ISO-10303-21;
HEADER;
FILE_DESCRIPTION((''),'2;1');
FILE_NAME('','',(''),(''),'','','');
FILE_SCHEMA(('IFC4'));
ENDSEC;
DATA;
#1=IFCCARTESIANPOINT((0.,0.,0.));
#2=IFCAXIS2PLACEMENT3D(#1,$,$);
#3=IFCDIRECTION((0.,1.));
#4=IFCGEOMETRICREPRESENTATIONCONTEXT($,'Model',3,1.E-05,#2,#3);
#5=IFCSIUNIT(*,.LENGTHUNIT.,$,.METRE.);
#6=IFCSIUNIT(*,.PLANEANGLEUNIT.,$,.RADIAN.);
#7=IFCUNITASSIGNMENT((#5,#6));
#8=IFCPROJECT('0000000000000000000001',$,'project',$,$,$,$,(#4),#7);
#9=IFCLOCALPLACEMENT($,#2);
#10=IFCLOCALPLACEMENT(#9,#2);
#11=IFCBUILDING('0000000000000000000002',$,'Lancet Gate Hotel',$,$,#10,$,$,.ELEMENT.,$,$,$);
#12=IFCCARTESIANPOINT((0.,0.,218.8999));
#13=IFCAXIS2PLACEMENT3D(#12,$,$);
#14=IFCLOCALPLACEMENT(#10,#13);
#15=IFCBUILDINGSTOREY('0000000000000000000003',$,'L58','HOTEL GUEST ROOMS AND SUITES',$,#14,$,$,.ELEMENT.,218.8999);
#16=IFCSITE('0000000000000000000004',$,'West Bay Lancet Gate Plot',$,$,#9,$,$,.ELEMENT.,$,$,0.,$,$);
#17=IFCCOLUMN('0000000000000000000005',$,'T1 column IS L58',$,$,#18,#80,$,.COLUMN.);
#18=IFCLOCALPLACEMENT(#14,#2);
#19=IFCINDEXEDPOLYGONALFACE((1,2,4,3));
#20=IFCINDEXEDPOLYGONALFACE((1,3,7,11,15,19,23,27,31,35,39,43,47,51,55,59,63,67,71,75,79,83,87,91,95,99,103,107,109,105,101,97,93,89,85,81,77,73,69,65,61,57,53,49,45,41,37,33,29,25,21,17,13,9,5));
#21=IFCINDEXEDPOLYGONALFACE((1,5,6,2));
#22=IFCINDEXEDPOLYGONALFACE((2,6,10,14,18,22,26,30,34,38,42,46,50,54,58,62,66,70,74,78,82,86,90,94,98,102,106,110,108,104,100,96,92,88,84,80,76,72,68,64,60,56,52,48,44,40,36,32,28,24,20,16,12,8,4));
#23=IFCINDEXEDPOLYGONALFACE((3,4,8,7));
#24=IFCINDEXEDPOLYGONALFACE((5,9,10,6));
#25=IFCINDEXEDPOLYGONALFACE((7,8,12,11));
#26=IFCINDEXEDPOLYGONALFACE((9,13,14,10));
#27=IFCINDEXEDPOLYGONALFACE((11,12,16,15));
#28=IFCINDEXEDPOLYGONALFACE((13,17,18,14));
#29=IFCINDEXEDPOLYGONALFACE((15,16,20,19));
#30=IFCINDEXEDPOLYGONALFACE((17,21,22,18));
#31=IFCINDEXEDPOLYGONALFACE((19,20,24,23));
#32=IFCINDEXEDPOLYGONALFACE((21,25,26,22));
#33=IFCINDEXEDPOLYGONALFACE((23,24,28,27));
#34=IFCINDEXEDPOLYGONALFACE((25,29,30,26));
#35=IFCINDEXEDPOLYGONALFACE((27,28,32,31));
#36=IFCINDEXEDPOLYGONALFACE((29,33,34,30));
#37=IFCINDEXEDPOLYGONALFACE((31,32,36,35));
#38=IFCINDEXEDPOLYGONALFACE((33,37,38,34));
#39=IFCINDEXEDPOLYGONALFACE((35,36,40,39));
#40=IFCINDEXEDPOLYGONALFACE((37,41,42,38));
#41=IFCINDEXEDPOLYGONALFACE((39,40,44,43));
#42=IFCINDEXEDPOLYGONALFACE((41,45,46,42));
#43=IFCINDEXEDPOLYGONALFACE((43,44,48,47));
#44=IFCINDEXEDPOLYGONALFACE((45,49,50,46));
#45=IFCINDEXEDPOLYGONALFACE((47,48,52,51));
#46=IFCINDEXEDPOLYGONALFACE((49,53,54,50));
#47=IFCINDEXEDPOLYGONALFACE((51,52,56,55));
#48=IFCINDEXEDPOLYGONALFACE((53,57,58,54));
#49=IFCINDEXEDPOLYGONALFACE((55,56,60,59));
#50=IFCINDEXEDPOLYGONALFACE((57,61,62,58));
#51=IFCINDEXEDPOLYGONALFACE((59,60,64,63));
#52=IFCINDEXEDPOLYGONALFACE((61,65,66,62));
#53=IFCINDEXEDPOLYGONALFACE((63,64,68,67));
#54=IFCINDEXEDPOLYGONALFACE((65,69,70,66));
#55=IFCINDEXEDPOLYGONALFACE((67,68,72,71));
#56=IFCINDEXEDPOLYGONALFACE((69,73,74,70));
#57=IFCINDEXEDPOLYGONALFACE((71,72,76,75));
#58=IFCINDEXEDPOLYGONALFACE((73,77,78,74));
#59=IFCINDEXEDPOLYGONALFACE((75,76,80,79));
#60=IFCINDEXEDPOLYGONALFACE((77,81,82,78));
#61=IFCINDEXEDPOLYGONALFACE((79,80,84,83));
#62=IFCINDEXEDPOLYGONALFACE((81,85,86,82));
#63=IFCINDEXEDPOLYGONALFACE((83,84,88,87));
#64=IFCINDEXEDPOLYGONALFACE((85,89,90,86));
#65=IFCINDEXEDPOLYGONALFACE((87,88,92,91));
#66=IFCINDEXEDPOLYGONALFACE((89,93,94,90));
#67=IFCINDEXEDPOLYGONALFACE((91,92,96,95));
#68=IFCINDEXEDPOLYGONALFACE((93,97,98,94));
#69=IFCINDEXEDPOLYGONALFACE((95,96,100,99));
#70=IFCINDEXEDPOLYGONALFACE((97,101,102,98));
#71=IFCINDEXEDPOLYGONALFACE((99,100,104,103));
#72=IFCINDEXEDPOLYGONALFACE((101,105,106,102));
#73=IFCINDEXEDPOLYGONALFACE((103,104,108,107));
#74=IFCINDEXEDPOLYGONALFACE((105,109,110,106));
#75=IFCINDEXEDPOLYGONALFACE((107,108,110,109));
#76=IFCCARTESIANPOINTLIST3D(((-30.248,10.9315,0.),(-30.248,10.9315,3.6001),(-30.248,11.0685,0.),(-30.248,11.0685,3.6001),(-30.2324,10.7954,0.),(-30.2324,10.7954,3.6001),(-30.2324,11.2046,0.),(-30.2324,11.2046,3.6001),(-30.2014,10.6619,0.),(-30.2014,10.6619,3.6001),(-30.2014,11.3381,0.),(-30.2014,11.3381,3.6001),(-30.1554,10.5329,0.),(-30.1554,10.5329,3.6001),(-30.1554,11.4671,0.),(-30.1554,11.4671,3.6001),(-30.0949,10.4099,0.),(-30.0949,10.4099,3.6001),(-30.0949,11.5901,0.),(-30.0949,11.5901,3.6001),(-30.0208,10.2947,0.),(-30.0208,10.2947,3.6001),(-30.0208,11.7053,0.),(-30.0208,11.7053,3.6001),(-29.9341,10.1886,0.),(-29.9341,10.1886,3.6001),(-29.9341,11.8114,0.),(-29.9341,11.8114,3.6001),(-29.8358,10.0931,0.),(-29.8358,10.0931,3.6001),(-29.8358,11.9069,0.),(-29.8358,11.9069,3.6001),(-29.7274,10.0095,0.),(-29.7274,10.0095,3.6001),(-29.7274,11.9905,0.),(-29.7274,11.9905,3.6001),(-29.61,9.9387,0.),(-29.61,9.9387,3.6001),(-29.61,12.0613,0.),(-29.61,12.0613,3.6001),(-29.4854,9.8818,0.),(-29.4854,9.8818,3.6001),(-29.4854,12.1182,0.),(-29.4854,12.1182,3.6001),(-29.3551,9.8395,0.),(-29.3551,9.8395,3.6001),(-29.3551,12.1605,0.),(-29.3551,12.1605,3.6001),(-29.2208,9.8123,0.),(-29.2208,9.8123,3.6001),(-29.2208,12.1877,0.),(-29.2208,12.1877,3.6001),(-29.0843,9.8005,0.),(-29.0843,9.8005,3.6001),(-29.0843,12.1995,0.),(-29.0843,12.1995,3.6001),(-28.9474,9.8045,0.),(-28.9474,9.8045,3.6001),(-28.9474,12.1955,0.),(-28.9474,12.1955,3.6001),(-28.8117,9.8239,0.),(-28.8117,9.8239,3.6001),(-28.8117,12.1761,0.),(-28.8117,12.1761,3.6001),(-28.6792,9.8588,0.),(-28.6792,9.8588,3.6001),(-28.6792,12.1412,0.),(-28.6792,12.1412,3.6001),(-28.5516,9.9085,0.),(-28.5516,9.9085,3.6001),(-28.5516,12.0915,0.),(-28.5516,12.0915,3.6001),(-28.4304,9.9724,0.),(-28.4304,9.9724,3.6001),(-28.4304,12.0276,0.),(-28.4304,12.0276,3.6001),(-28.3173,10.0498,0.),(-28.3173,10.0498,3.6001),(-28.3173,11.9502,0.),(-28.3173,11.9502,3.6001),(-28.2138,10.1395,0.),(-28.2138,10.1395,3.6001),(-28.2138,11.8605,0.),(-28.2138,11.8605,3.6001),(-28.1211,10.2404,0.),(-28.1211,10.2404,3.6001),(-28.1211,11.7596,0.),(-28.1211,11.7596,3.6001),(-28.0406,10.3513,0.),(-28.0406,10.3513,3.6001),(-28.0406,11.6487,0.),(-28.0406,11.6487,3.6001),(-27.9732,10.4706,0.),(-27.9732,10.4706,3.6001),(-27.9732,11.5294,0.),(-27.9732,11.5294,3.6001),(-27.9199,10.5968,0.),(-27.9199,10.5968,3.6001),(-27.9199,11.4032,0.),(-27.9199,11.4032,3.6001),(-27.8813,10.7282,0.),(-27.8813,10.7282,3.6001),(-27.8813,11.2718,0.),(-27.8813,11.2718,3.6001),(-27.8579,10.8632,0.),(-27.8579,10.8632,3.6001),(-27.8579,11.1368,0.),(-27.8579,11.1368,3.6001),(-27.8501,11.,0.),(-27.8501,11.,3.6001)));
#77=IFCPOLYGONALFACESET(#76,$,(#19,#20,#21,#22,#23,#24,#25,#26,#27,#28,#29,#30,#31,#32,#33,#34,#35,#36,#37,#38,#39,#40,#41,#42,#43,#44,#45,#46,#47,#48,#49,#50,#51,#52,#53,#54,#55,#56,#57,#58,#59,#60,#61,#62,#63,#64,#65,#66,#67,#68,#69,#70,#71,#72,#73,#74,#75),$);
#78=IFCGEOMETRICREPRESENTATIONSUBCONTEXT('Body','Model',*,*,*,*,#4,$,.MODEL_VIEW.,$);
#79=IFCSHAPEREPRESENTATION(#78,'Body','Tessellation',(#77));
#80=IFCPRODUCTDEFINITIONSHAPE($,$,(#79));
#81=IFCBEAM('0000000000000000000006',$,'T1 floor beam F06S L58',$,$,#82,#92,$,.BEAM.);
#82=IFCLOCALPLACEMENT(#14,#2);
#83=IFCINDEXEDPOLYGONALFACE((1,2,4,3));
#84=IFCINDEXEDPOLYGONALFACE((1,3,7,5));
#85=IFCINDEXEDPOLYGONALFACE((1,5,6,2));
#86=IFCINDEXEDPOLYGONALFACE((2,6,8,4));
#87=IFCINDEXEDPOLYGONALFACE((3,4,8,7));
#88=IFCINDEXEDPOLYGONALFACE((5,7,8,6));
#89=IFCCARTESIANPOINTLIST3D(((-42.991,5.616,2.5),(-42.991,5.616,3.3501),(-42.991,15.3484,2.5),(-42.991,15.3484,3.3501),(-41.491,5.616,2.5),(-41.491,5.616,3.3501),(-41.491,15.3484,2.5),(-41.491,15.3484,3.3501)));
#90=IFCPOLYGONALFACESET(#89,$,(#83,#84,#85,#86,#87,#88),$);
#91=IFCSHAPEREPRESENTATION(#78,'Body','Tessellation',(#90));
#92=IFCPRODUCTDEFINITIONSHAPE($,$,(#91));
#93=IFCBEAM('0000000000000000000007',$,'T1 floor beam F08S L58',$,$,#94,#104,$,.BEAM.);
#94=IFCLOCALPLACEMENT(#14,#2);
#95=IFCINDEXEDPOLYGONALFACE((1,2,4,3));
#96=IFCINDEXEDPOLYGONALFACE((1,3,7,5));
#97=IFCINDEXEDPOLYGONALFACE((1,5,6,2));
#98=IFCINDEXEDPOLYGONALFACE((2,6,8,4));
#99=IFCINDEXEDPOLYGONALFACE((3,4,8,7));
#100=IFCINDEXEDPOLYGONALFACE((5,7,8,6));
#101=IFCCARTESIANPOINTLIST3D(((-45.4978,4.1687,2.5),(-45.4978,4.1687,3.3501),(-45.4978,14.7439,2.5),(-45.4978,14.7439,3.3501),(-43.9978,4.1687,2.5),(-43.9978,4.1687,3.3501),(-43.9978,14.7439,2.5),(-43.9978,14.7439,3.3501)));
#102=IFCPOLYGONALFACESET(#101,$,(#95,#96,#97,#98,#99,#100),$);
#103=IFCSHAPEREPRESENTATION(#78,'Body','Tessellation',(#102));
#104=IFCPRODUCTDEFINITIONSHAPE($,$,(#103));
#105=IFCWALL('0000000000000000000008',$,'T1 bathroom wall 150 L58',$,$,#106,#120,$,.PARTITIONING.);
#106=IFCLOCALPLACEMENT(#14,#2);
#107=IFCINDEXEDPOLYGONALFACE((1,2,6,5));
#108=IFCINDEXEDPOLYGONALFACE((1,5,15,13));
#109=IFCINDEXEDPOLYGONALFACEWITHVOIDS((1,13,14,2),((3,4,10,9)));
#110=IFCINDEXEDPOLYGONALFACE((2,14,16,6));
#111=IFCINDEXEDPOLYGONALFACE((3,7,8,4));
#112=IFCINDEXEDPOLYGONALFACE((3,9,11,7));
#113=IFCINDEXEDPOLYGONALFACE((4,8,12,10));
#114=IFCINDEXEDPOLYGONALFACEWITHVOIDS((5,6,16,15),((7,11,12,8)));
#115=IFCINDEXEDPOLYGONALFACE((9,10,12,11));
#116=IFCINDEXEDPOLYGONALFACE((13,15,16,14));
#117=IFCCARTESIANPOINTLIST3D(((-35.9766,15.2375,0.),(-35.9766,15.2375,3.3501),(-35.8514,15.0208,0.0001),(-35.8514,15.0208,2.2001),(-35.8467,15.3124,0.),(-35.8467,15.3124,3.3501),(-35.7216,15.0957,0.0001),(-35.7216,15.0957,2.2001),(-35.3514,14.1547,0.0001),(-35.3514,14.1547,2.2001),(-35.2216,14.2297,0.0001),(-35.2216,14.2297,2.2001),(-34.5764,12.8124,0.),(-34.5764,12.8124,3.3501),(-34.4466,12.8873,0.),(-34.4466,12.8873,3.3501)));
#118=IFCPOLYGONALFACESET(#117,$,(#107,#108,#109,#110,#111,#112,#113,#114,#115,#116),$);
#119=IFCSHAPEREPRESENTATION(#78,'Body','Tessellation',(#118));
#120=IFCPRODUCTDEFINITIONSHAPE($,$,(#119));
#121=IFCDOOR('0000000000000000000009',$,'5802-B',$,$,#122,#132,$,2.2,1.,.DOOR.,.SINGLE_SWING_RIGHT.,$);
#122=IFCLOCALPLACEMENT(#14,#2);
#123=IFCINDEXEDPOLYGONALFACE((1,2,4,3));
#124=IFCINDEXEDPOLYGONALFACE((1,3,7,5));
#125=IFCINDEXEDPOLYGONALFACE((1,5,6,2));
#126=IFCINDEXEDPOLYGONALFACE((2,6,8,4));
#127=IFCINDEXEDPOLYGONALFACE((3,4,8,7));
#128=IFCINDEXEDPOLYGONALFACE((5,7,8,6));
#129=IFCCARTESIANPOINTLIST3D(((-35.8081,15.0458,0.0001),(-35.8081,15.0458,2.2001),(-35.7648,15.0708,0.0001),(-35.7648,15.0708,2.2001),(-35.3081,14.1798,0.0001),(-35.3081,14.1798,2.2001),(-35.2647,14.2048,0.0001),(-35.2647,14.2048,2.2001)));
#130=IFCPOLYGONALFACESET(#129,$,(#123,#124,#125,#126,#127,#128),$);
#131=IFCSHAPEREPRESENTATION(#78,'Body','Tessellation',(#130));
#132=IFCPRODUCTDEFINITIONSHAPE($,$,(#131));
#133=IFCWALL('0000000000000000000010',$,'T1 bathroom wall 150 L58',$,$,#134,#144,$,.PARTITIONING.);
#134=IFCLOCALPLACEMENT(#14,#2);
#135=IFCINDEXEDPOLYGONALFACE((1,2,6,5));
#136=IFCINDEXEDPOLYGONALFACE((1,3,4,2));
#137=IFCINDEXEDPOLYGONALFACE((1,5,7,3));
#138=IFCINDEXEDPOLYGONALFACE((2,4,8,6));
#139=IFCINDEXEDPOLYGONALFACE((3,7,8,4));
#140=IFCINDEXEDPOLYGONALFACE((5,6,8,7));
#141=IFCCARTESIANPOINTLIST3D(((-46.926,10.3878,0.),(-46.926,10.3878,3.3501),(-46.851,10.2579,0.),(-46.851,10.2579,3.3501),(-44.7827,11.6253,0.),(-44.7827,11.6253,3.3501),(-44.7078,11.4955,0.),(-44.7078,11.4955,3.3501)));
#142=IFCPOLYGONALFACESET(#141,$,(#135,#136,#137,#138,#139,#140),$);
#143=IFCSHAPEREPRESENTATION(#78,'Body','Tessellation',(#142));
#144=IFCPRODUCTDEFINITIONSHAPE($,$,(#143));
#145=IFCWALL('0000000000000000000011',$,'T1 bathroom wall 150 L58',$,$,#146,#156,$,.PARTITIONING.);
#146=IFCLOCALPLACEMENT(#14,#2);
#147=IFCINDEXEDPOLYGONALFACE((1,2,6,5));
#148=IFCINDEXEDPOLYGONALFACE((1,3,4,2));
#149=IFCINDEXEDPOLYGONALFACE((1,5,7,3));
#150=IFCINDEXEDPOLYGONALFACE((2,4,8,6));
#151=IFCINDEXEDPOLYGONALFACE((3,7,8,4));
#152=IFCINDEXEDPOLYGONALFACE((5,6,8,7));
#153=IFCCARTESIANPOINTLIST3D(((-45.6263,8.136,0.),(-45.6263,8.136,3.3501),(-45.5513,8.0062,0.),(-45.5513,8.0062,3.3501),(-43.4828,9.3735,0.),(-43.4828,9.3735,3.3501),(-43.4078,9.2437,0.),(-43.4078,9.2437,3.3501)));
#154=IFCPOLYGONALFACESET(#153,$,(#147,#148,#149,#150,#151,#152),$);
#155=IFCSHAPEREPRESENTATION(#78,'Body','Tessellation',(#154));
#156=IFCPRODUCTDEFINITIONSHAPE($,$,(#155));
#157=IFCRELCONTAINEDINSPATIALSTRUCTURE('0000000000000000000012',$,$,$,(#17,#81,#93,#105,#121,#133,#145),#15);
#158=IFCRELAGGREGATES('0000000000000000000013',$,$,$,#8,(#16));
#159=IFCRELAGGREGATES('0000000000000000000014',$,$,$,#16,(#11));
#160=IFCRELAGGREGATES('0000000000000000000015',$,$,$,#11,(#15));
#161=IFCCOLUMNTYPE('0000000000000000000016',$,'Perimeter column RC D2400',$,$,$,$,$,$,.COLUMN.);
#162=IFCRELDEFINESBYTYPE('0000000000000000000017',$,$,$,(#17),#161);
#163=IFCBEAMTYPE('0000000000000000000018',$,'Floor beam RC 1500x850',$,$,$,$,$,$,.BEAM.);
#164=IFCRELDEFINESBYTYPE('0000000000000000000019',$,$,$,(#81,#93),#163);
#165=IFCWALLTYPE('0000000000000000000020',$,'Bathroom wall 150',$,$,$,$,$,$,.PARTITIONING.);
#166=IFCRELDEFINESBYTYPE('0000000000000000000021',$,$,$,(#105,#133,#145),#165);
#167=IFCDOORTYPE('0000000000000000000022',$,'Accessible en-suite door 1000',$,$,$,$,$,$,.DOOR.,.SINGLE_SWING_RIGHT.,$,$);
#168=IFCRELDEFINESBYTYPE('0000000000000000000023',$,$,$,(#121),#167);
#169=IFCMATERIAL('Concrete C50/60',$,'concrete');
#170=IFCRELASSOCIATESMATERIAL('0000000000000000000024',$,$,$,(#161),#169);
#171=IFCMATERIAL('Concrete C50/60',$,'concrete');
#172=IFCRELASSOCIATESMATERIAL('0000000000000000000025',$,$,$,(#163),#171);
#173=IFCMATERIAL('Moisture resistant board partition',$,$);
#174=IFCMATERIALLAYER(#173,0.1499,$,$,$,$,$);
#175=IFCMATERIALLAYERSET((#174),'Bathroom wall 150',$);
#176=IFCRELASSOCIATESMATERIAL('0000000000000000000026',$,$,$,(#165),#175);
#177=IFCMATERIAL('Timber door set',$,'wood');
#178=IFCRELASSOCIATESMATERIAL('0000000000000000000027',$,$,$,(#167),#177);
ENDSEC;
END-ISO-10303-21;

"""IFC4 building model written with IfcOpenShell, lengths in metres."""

from ifc_helpers import new_model, si_unit, direction, frame, frame_2d, origin, origin_2d, place, context, subcontext, project, spatial, rectangle, circle, extrude, material, layer, layer_set, material_profile, profile_set, type_object, element, fill, save


model = new_model("IFC4")

# Units and contexts
model_context = context("Model", 3, precision=1e-05, world=origin(), true_north=direction((0.0, 1.0)))
body_context = subcontext(model_context, "Body", "Model", "MODEL_VIEW")
ifc_project = project(units=[si_unit("LENGTHUNIT", "METRE"), si_unit("PLANEANGLEUNIT", "RADIAN")], contexts=[model_context])

# Site, building, storey
site_placement = place(None, origin())
site = spatial("IfcSite", under=ifc_project, at=site_placement, Name="West Bay Lancet Gate Plot", CompositionType="ELEMENT", RefElevation=0.0)
building_placement = place(site_placement, origin())
building = spatial("IfcBuilding", under=site, at=building_placement, Name="Lancet Gate Hotel", CompositionType="ELEMENT")
storey_placement = place(building_placement, frame((0.0, 0.0, 218.8999)))
storey = spatial("IfcBuildingStorey", under=building, at=storey_placement, Name="L58", Description="HOTEL GUEST ROOMS AND SUITES", CompositionType="ELEMENT", Elevation=218.8999)

# Column
ifc_material_1 = material(Name="Concrete C50/60", Category="concrete")
ifc_material_profile_1 = material_profile(ifc_material_1, circle(Radius=1.2, at=origin_2d()), Name="RC D2400")
ifc_profile_set_1 = profile_set([ifc_material_profile_1], Name="Concrete C50/60")
column_type = type_object("IfcColumnType", Name="Perimeter column RC D2400", PredefinedType="COLUMN", material=ifc_profile_set_1)
column_placement = place(storey_placement, frame((-29.05, 11.0, 0.0), z_axis=(0.0, 0.0, 1.0), x_axis=(1.0, 0.0, 0.0)))
element("IfcColumn", 1, at=column_placement, inside=storey, type_object=column_type, Name="T1 column IS L58", PredefinedType="COLUMN", context=body_context, shape_type="SweptSolid", body=[
    extrude(circle(Radius=1.2, at=origin_2d()), origin(), (0.0, 0.0, 1.0), 3.6001),
])

# Beams
ifc_material_2 = material(Name="Concrete C50/60", Category="concrete")
ifc_material_profile_2 = material_profile(ifc_material_2, rectangle(XDim=1.5, YDim=0.8501, at=origin_2d()), Name="RC 1500x850")
ifc_profile_set_2 = profile_set([ifc_material_profile_2], Name="Concrete C50/60")
beam_type = type_object("IfcBeamType", Name="Floor beam RC 1500x850", PredefinedType="BEAM", material=ifc_profile_set_2)
beam_1_placement = place(storey_placement, frame((-42.241, 15.3484, 2.925), z_axis=(0.0, -1.0, 0.0), x_axis=(1.0, 0.0, 0.0)))
element("IfcBeam", 2, at=beam_1_placement, inside=storey, type_object=beam_type, Name="T1 floor beam F06S L58", PredefinedType="BEAM", context=body_context, shape_type="SweptSolid", body=[
    extrude(rectangle(XDim=1.5, YDim=0.8501, at=origin_2d()), origin(), (0.0, 0.0, 1.0), 9.7324),
])
beam_2_placement = place(storey_placement, frame((-44.7478, 14.7439, 2.925), z_axis=(0.0, -1.0, 0.0), x_axis=(1.0, 0.0, 0.0)))
element("IfcBeam", 3, at=beam_2_placement, inside=storey, type_object=beam_type, Name="T1 floor beam F08S L58", PredefinedType="BEAM", context=body_context, shape_type="SweptSolid", body=[
    extrude(rectangle(XDim=1.5, YDim=0.8501, at=origin_2d()), origin(), (0.0, 0.0, 1.0), 10.5752),
])

# Wall, opening, door
ifc_material_3 = material(Name="Moisture resistant board partition")
ifc_layer_1 = layer(ifc_material_3, 0.1499)
ifc_layer_set_1 = layer_set([ifc_layer_1], Name="Bathroom wall 150")
wall_type_1 = type_object("IfcWallType", Name="Bathroom wall 150", PredefinedType="PARTITIONING", material=ifc_layer_set_1)
wall_1_placement = place(storey_placement, frame((-34.5115, 12.8499, 0.0), z_axis=(0.0, 0.0, 1.0), x_axis=(-0.500012, 0.866019, 0.0)))
wall_1 = element("IfcWall", 4, at=wall_1_placement, inside=storey, type_object=wall_type_1, Name="T1 bathroom wall 150 L58", PredefinedType="PARTITIONING", context=body_context, shape_type="SweptSolid", body=[
    extrude(rectangle(XDim=2.8003, YDim=0.1499, at=frame_2d((1.4001, 0.0))), origin(), (0.0, 0.0, 1.0), 3.3501),
])
opening_1_placement = place(wall_1_placement, frame((1.55, 0.0, 0.0)))
opening_1 = element("IfcOpeningElement", 5, at=opening_1_placement, cuts=wall_1, PredefinedType="OPENING", context=body_context, shape_type="SweptSolid", body=[
    extrude(rectangle(XDim=1.0, YDim=2.2, at=frame_2d((0.5, 1.1001))), frame((0.0, 0.085, 0.0), z_axis=(0.0, -1.0, 0.0), x_axis=(1.0, 0.0, 0.0)), (0.0, 0.0, 1.0), 0.1699),
])
ifc_material_4 = material(Name="Timber door set", Category="wood")
door_type_1 = type_object("IfcDoorType", Name="Accessible en-suite door 1000", OperationType="SINGLE_SWING_RIGHT", PredefinedType="DOOR", material=ifc_material_4)
door_1_placement = place(opening_1_placement, origin())
door_1 = element("IfcDoor", 6, at=door_1_placement, inside=storey, type_object=door_type_1, Name="5802-B", OperationType="SINGLE_SWING_RIGHT", OverallHeight=2.2, OverallWidth=1.0, PredefinedType="DOOR", context=body_context, shape_type="SweptSolid", body=[
    extrude(rectangle(XDim=1.0, YDim=2.2, at=frame_2d((0.5, 1.1001))), frame((0.0, 0.0249, 0.0), z_axis=(0.0, -1.0, 0.0), x_axis=(1.0, 0.0, 0.0)), (0.0, 0.0, 1.0), 0.05),
])
fill(opening_1, door_1)

# Walls
wall_2_placement = place(storey_placement, frame((-44.7454, 11.5603, 0.0), z_axis=(0.0, 0.0, 1.0), x_axis=(-0.866007, -0.500033, 0.0)))
element("IfcWall", 7, at=wall_2_placement, inside=storey, type_object=wall_type_1, Name="T1 bathroom wall 150 L58", PredefinedType="PARTITIONING", context=body_context, shape_type="SweptSolid", body=[
    extrude(rectangle(XDim=2.4749, YDim=0.1499, at=frame_2d((1.2373, 0.0))), origin(), (0.0, 0.0, 1.0), 3.3501),
])
wall_3_placement = place(storey_placement, frame((-43.4453, 9.3086, 0.0), z_axis=(0.0, 0.0, 1.0), x_axis=(-0.866031, -0.49999, 0.0)))
element("IfcWall", 8, at=wall_3_placement, inside=storey, type_object=wall_type_1, Name="T1 bathroom wall 150 L58", PredefinedType="PARTITIONING", context=body_context, shape_type="SweptSolid", body=[
    extrude(rectangle(XDim=2.4751, YDim=0.1499, at=frame_2d((1.2375, 0.0))), origin(), (0.0, 0.0, 1.0), 3.3501),
])

save(model, "model.ifc")
